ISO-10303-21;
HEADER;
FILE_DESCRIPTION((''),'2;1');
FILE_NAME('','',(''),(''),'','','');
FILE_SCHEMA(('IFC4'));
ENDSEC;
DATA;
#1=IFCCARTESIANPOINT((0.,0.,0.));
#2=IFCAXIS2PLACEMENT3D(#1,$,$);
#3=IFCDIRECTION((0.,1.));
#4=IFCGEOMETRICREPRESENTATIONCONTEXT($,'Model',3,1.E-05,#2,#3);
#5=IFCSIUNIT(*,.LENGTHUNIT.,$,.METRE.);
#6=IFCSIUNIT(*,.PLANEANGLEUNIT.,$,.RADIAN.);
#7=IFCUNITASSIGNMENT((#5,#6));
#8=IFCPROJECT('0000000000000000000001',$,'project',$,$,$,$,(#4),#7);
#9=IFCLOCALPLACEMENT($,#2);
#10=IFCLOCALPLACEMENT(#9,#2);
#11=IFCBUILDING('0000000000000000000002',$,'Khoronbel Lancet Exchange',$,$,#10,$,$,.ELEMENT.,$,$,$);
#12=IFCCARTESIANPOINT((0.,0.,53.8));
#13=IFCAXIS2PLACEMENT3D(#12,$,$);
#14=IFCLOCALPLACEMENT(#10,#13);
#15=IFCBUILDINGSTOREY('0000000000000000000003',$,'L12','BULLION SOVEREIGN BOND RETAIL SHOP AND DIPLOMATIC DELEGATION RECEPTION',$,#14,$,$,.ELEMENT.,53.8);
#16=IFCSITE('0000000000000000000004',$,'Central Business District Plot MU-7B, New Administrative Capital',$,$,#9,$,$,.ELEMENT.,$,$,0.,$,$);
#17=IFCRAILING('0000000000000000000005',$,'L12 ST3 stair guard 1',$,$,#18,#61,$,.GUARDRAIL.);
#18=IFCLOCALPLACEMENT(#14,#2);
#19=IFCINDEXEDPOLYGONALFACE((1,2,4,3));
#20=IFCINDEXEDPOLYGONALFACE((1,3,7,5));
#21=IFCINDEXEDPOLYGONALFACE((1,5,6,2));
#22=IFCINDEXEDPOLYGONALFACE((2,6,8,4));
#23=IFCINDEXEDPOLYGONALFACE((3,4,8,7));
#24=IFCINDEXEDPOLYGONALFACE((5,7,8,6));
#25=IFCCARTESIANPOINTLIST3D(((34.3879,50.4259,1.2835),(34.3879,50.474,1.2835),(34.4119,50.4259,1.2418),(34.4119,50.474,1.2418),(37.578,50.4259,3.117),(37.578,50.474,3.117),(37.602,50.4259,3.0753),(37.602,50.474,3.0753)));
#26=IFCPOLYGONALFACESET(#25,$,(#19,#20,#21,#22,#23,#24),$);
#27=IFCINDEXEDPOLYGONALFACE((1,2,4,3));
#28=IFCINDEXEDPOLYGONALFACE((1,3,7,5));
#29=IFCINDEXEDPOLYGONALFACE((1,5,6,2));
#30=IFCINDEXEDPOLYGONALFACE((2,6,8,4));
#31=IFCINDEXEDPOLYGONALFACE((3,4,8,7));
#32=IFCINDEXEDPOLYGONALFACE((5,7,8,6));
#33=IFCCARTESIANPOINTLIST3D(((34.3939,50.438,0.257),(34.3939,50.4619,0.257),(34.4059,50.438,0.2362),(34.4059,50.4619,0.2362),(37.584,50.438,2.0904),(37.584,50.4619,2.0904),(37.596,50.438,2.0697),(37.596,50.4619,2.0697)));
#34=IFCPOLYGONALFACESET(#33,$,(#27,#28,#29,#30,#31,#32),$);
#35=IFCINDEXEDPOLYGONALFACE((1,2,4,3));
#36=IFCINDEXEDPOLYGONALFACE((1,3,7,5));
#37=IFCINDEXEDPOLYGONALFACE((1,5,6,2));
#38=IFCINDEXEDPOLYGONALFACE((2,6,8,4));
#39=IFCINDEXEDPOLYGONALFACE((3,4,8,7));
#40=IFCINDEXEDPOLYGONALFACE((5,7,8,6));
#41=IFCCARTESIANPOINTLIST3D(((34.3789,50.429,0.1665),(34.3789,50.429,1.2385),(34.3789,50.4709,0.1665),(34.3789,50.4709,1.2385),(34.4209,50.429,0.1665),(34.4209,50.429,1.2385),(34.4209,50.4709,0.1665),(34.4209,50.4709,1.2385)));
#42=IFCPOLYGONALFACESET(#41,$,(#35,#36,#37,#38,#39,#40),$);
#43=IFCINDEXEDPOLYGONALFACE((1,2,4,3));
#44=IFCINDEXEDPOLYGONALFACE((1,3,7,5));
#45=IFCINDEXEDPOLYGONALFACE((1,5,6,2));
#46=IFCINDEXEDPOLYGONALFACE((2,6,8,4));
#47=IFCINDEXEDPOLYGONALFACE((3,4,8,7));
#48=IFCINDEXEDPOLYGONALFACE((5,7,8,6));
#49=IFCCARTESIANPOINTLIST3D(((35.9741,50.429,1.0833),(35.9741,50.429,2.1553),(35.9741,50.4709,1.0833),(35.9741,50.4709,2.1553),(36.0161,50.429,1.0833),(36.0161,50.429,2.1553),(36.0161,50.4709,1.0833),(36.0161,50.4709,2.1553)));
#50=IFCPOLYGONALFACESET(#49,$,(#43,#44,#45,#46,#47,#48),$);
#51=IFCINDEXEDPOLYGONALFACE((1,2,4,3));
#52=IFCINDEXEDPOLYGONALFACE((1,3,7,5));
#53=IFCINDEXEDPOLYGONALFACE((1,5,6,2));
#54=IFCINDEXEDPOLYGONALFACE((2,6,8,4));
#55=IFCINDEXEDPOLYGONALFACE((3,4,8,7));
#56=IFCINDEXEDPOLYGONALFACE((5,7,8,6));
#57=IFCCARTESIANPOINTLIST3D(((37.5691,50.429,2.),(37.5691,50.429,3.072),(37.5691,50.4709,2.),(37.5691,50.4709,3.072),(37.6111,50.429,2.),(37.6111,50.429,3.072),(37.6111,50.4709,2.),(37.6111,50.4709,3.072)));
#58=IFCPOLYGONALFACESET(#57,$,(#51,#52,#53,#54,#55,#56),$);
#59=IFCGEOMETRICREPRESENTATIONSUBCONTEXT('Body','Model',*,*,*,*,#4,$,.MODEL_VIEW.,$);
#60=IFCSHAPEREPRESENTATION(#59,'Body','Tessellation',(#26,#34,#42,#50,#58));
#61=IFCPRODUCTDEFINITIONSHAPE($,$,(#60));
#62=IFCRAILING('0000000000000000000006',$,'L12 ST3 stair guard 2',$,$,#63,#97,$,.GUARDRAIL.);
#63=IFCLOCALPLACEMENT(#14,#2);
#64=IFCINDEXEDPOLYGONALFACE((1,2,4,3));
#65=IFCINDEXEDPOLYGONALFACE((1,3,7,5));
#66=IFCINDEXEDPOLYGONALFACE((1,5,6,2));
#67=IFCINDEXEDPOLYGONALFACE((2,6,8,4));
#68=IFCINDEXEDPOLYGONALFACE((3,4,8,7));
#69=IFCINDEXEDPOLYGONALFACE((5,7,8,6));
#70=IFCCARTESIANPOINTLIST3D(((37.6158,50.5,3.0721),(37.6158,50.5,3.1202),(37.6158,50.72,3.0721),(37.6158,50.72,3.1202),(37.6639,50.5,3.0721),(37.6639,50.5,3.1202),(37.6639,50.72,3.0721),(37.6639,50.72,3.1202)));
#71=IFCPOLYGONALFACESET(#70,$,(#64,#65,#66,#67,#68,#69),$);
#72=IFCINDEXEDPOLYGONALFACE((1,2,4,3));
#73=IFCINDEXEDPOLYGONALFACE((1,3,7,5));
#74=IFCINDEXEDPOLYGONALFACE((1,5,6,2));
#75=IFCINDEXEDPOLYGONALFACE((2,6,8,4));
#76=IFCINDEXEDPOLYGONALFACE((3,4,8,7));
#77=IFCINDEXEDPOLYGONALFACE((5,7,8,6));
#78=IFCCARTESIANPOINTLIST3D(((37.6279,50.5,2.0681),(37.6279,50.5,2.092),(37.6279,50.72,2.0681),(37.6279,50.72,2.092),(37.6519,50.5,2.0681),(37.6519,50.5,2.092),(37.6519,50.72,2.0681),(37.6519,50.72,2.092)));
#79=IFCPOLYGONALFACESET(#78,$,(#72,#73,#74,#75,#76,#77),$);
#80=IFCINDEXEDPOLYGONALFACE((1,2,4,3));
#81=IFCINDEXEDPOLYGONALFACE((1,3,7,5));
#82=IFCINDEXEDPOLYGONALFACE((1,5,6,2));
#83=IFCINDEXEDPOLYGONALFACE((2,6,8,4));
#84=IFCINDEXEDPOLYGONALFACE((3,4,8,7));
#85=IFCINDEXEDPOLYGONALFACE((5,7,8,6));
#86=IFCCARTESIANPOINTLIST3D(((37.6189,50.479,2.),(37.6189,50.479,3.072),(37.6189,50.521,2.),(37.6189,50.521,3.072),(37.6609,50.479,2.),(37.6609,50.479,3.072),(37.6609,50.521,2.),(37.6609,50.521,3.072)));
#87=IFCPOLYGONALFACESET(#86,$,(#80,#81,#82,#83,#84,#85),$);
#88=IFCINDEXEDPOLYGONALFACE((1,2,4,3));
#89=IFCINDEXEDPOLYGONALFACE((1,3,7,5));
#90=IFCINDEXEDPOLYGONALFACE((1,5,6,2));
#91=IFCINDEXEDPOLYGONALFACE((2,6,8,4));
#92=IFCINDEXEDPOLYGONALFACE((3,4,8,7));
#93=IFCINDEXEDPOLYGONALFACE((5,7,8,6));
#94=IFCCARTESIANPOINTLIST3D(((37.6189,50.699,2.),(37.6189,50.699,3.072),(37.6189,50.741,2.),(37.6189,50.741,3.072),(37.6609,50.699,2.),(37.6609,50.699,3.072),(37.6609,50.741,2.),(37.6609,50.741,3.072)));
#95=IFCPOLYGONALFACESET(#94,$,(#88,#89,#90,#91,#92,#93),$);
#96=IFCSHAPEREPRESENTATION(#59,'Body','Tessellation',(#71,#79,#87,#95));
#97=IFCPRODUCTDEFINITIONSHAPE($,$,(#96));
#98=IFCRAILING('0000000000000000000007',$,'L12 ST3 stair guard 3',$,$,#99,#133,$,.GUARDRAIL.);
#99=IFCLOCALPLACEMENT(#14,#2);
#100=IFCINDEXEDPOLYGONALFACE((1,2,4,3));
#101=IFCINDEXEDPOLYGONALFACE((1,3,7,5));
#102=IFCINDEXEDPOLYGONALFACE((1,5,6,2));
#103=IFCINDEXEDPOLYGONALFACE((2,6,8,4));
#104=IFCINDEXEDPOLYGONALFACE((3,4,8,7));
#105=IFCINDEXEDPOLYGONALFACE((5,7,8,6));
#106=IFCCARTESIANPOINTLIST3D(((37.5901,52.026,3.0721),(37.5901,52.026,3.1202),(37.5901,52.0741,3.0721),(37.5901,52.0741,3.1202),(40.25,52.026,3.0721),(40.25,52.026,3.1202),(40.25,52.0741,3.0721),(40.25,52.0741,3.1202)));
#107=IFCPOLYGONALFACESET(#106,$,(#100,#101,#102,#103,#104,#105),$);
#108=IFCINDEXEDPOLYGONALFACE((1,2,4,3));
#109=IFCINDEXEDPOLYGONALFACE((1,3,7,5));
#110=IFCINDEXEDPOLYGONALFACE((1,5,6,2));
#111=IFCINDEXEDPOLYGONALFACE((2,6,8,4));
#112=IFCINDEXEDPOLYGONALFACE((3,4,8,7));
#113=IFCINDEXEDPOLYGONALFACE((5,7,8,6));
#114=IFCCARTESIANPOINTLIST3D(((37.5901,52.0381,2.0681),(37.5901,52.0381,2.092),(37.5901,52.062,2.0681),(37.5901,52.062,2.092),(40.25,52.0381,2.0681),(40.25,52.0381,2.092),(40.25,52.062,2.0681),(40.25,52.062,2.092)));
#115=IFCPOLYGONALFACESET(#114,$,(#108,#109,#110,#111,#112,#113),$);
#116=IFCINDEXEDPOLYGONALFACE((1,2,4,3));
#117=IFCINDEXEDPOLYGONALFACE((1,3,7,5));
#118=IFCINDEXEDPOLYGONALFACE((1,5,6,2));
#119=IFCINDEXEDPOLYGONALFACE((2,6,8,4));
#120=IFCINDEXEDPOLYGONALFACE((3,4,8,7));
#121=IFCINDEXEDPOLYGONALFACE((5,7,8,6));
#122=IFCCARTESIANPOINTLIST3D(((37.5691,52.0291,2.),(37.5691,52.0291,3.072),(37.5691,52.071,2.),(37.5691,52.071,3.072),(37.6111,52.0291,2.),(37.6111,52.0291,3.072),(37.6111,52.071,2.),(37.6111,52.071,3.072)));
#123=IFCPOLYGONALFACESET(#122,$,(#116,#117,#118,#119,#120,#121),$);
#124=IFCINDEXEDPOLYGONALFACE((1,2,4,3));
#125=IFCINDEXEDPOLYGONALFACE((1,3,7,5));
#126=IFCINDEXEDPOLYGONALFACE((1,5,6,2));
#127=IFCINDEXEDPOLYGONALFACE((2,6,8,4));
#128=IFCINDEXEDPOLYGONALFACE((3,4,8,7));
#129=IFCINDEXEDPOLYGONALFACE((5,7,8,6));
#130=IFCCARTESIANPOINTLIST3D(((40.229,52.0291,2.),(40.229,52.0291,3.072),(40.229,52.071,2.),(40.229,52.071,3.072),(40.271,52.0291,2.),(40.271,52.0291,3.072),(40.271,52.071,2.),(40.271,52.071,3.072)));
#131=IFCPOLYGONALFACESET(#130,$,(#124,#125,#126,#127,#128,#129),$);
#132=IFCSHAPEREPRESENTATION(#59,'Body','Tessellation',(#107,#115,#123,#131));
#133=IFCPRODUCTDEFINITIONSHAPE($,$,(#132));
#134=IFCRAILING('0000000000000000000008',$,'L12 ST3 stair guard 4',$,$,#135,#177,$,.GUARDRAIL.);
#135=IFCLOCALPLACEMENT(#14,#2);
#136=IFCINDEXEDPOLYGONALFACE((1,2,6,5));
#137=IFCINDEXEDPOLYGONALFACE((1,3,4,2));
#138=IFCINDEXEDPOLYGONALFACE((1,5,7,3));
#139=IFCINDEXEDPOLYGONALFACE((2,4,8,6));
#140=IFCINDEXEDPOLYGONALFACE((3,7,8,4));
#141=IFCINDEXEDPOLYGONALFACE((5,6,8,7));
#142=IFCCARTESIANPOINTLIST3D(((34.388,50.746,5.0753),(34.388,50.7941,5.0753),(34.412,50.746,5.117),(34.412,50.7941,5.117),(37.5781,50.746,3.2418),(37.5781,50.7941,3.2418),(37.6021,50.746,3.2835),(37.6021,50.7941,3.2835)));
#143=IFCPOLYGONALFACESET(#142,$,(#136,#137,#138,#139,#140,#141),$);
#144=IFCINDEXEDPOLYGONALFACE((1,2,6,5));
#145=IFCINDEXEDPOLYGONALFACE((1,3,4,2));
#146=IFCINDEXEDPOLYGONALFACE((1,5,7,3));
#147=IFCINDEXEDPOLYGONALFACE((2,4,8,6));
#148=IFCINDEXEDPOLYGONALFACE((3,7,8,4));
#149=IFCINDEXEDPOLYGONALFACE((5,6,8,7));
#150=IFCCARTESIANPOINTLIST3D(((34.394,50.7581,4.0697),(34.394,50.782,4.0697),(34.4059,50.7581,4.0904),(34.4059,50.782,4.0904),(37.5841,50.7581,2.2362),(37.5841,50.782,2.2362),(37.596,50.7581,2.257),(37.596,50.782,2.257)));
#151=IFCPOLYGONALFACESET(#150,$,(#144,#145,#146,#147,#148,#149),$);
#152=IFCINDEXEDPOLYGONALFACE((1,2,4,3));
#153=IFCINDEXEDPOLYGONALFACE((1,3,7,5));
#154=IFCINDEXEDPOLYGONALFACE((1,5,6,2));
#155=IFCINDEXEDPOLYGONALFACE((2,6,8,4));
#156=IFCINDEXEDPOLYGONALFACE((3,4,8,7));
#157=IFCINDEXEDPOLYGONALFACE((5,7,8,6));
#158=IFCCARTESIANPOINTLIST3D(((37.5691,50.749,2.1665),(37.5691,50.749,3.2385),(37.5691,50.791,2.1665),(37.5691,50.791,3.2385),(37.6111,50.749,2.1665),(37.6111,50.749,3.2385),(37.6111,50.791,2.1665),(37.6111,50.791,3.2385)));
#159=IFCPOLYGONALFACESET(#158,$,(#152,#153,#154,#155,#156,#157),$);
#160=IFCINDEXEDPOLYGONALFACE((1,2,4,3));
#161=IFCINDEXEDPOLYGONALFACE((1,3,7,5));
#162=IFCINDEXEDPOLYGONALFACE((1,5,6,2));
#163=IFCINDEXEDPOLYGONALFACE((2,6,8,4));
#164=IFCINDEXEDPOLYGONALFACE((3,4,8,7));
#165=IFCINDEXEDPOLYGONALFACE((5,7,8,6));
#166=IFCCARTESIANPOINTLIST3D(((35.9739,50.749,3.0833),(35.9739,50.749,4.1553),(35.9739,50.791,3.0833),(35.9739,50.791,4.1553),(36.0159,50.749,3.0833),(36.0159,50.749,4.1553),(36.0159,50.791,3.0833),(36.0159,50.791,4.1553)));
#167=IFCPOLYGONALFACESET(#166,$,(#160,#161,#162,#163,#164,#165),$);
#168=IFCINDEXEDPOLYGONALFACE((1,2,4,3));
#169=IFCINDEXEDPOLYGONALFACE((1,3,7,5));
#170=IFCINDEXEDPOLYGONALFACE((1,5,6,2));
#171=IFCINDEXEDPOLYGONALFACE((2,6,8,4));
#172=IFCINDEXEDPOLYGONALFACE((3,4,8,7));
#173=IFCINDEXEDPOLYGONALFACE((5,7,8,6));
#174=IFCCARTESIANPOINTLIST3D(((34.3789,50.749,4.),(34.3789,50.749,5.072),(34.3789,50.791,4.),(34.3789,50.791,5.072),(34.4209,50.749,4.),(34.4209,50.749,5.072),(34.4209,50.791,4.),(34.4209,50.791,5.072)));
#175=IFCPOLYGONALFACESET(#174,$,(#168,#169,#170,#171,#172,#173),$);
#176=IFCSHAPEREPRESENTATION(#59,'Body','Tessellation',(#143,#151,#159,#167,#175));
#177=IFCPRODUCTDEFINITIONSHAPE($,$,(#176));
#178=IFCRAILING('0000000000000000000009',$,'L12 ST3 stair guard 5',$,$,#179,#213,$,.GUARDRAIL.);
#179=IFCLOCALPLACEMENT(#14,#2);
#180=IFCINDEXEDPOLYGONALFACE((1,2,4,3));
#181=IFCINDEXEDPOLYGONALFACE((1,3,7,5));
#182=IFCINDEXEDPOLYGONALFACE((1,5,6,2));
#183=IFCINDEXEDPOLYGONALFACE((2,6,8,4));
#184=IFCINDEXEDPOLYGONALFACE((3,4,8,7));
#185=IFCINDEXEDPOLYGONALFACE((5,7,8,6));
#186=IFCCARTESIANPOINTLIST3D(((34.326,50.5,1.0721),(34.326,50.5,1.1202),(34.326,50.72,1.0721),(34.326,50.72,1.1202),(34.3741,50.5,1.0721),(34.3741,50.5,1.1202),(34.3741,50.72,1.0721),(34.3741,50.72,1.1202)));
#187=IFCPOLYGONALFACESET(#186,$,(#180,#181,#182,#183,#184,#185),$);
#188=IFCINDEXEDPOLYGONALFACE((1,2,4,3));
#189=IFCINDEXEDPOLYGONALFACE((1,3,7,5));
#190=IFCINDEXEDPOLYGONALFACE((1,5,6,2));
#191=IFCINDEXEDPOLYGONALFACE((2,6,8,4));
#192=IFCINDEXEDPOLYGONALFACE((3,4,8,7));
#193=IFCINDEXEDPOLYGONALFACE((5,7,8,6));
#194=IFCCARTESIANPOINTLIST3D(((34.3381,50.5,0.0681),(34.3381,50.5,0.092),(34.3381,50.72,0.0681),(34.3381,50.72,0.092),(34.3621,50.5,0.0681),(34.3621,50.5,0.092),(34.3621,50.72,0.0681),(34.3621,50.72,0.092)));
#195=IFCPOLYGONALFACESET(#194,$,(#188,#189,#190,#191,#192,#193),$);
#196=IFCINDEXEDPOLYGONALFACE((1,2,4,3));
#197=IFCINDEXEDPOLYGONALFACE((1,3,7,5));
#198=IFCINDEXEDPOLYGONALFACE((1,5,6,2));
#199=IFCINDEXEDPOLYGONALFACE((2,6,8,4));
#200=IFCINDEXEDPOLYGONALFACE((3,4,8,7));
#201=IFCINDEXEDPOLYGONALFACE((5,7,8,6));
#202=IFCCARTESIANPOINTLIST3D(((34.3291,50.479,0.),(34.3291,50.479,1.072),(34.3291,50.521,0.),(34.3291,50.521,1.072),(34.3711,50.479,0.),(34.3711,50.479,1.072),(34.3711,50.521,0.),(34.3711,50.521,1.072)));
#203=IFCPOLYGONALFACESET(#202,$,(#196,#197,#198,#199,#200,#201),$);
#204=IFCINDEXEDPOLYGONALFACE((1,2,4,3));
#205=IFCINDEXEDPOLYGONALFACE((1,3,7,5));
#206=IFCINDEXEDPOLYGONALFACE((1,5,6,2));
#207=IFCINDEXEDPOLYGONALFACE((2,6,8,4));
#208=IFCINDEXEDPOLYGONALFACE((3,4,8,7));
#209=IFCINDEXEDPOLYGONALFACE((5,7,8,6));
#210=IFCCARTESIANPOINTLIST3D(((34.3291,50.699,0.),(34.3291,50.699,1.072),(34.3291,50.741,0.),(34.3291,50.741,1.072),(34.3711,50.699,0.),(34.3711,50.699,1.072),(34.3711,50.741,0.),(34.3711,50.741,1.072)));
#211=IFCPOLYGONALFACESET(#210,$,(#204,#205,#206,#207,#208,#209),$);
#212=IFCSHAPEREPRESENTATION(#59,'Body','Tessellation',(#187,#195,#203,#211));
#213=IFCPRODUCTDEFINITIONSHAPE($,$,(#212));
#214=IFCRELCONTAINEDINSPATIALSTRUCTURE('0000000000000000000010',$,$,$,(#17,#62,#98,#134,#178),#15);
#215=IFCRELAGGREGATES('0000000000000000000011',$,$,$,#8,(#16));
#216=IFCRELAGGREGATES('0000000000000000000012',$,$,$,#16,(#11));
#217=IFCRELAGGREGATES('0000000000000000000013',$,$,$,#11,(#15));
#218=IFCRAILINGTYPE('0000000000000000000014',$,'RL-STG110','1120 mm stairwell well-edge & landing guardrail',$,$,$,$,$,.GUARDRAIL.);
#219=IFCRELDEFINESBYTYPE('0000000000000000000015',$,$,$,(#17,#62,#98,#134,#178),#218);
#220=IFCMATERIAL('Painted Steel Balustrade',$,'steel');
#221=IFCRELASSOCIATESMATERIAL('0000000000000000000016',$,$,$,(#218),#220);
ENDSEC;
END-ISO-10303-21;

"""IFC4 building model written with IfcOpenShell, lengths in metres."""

from ifc_helpers import new_model, si_unit, direction, frame, origin, origin_2d, place, context, subcontext, project, spatial, rectangle, extrude, material, type_object, element, save


model = new_model("IFC4")

# Units and contexts
model_context = context("Model", 3, precision=1e-05, world=origin(), true_north=direction((0.0, 1.0)))
body_context = subcontext(model_context, "Body", "Model", "MODEL_VIEW")
ifc_project = project(units=[si_unit("LENGTHUNIT", "METRE"), si_unit("PLANEANGLEUNIT", "RADIAN")], contexts=[model_context])

# Site, building, storey
site_placement = place(None, origin())
site = spatial("IfcSite", under=ifc_project, at=site_placement, Name="Central Business District Plot MU-7B, New Administrative Capital", CompositionType="ELEMENT", RefElevation=0.0)
building_placement = place(site_placement, origin())
building = spatial("IfcBuilding", under=site, at=building_placement, Name="Khoronbel Lancet Exchange", CompositionType="ELEMENT")
storey_placement = place(building_placement, frame((0.0, 0.0, 53.8)))
storey = spatial("IfcBuildingStorey", under=building, at=storey_placement, Name="L12", Description="BULLION SOVEREIGN BOND RETAIL SHOP AND DIPLOMATIC DELEGATION RECEPTION", CompositionType="ELEMENT", Elevation=53.8)

# Railings
ifc_material_1 = material(Name="Painted Steel Balustrade", Category="steel")
railing_type_1 = type_object("IfcRailingType", Name="RL-STG110", Description="1120 mm stairwell well-edge & landing guardrail", PredefinedType="GUARDRAIL", material=ifc_material_1)
railing_1_placement = place(storey_placement, frame((34.3999, 50.45, 0.1665)))
element("IfcRailing", 1, at=railing_1_placement, inside=storey, type_object=railing_type_1, Name="L12 ST3 stair guard 1", PredefinedType="GUARDRAIL", context=body_context, shape_type="SweptSolid", body=[
    extrude(rectangle(XDim=0.0481, YDim=0.0481, at=origin_2d()), frame((0.0, 0.0, 1.0962), z_axis=(0.867007, 0.0, 0.498295), x_axis=(0.0, 1.0, 0.0)), (0.0, 0.0, 1.0), 3.6794),
    extrude(rectangle(XDim=0.0239, YDim=0.0239, at=origin_2d()), frame((0.0, 0.0, 0.0801), z_axis=(0.867007, 0.0, 0.498295), x_axis=(0.0, 1.0, 0.0)), (0.0, 0.0, 1.0), 3.6794),
    extrude(rectangle(XDim=0.042, YDim=0.042, at=origin_2d()), origin(), (0.0, 0.0, 1.0), 1.072),
    extrude(rectangle(XDim=0.042, YDim=0.042, at=origin_2d()), frame((1.5952, 0.0, 0.9167)), (0.0, 0.0, 1.0), 1.072),
    extrude(rectangle(XDim=0.042, YDim=0.042, at=origin_2d()), frame((3.1902, 0.0, 1.8335)), (0.0, 0.0, 1.0), 1.072),
])
railing_2_placement = place(storey_placement, frame((37.6399, 50.5, 2.0)))
element("IfcRailing", 2, at=railing_2_placement, inside=storey, type_object=railing_type_1, Name="L12 ST3 stair guard 2", PredefinedType="GUARDRAIL", context=body_context, shape_type="SweptSolid", body=[
    extrude(rectangle(XDim=0.0481, YDim=0.0481, at=origin_2d()), frame((0.0, 0.0, 1.0962), z_axis=(0.0, 1.0, 0.0), x_axis=(-1.0, 0.0, 0.0)), (0.0, 0.0, 1.0), 0.22),
    extrude(rectangle(XDim=0.0239, YDim=0.0239, at=origin_2d()), frame((0.0, 0.0, 0.0801), z_axis=(0.0, 1.0, 0.0), x_axis=(-1.0, 0.0, 0.0)), (0.0, 0.0, 1.0), 0.22),
    extrude(rectangle(XDim=0.042, YDim=0.042, at=origin_2d()), origin(), (0.0, 0.0, 1.0), 1.072),
    extrude(rectangle(XDim=0.042, YDim=0.042, at=origin_2d()), frame((0.0, 0.22, 0.0)), (0.0, 0.0, 1.0), 1.072),
])
railing_3_placement = place(storey_placement, frame((37.5901, 52.05, 2.0)))
element("IfcRailing", 3, at=railing_3_placement, inside=storey, type_object=railing_type_1, Name="L12 ST3 stair guard 3", PredefinedType="GUARDRAIL", context=body_context, shape_type="SweptSolid", body=[
    extrude(rectangle(XDim=0.0481, YDim=0.0481, at=origin_2d()), frame((0.0, 0.0, 1.0962), z_axis=(1.0, 0.0, 0.0), x_axis=(0.0, 1.0, 0.0)), (0.0, 0.0, 1.0), 2.6599),
    extrude(rectangle(XDim=0.0239, YDim=0.0239, at=origin_2d()), frame((0.0, 0.0, 0.0801), z_axis=(1.0, 0.0, 0.0), x_axis=(0.0, 1.0, 0.0)), (0.0, 0.0, 1.0), 2.6599),
    extrude(rectangle(XDim=0.042, YDim=0.042, at=origin_2d()), origin(), (0.0, 0.0, 1.0), 1.072),
    extrude(rectangle(XDim=0.042, YDim=0.042, at=origin_2d()), frame((2.6599, 0.0, 0.0)), (0.0, 0.0, 1.0), 1.072),
])
railing_4_placement = place(storey_placement, frame((37.5901, 50.77, 2.1665)))
element("IfcRailing", 4, at=railing_4_placement, inside=storey, type_object=railing_type_1, Name="L12 ST3 stair guard 4", PredefinedType="GUARDRAIL", context=body_context, shape_type="SweptSolid", body=[
    extrude(rectangle(XDim=0.0481, YDim=0.0481, at=origin_2d()), frame((0.0, 0.0, 1.0962), z_axis=(-0.867007, 0.0, 0.498295), x_axis=(0.0, -1.0, 0.0)), (0.0, 0.0, 1.0), 3.6794),
    extrude(rectangle(XDim=0.0239, YDim=0.0239, at=origin_2d()), frame((0.0, 0.0, 0.0801), z_axis=(-0.867007, 0.0, 0.498295), x_axis=(0.0, -1.0, 0.0)), (0.0, 0.0, 1.0), 3.6794),
    extrude(rectangle(XDim=0.042, YDim=0.042, at=origin_2d()), origin(), (0.0, 0.0, 1.0), 1.072),
    extrude(rectangle(XDim=0.042, YDim=0.042, at=origin_2d()), frame((-1.5952, 0.0, 0.9167)), (0.0, 0.0, 1.0), 1.072),
    extrude(rectangle(XDim=0.042, YDim=0.042, at=origin_2d()), frame((-3.1902, 0.0, 1.8335)), (0.0, 0.0, 1.0), 1.072),
])
railing_5_placement = place(storey_placement, frame((34.3501, 50.5, 0.0)))
element("IfcRailing", 5, at=railing_5_placement, inside=storey, type_object=railing_type_1, Name="L12 ST3 stair guard 5", PredefinedType="GUARDRAIL", context=body_context, shape_type="SweptSolid", body=[
    extrude(rectangle(XDim=0.0481, YDim=0.0481, at=origin_2d()), frame((0.0, 0.0, 1.0962), z_axis=(0.0, 1.0, 0.0), x_axis=(-1.0, 0.0, 0.0)), (0.0, 0.0, 1.0), 0.22),
    extrude(rectangle(XDim=0.0239, YDim=0.0239, at=origin_2d()), frame((0.0, 0.0, 0.0801), z_axis=(0.0, 1.0, 0.0), x_axis=(-1.0, 0.0, 0.0)), (0.0, 0.0, 1.0), 0.22),
    extrude(rectangle(XDim=0.042, YDim=0.042, at=origin_2d()), origin(), (0.0, 0.0, 1.0), 1.072),
    extrude(rectangle(XDim=0.042, YDim=0.042, at=origin_2d()), frame((0.0, 0.22, 0.0)), (0.0, 0.0, 1.0), 1.072),
])

save(model, "model.ifc")
